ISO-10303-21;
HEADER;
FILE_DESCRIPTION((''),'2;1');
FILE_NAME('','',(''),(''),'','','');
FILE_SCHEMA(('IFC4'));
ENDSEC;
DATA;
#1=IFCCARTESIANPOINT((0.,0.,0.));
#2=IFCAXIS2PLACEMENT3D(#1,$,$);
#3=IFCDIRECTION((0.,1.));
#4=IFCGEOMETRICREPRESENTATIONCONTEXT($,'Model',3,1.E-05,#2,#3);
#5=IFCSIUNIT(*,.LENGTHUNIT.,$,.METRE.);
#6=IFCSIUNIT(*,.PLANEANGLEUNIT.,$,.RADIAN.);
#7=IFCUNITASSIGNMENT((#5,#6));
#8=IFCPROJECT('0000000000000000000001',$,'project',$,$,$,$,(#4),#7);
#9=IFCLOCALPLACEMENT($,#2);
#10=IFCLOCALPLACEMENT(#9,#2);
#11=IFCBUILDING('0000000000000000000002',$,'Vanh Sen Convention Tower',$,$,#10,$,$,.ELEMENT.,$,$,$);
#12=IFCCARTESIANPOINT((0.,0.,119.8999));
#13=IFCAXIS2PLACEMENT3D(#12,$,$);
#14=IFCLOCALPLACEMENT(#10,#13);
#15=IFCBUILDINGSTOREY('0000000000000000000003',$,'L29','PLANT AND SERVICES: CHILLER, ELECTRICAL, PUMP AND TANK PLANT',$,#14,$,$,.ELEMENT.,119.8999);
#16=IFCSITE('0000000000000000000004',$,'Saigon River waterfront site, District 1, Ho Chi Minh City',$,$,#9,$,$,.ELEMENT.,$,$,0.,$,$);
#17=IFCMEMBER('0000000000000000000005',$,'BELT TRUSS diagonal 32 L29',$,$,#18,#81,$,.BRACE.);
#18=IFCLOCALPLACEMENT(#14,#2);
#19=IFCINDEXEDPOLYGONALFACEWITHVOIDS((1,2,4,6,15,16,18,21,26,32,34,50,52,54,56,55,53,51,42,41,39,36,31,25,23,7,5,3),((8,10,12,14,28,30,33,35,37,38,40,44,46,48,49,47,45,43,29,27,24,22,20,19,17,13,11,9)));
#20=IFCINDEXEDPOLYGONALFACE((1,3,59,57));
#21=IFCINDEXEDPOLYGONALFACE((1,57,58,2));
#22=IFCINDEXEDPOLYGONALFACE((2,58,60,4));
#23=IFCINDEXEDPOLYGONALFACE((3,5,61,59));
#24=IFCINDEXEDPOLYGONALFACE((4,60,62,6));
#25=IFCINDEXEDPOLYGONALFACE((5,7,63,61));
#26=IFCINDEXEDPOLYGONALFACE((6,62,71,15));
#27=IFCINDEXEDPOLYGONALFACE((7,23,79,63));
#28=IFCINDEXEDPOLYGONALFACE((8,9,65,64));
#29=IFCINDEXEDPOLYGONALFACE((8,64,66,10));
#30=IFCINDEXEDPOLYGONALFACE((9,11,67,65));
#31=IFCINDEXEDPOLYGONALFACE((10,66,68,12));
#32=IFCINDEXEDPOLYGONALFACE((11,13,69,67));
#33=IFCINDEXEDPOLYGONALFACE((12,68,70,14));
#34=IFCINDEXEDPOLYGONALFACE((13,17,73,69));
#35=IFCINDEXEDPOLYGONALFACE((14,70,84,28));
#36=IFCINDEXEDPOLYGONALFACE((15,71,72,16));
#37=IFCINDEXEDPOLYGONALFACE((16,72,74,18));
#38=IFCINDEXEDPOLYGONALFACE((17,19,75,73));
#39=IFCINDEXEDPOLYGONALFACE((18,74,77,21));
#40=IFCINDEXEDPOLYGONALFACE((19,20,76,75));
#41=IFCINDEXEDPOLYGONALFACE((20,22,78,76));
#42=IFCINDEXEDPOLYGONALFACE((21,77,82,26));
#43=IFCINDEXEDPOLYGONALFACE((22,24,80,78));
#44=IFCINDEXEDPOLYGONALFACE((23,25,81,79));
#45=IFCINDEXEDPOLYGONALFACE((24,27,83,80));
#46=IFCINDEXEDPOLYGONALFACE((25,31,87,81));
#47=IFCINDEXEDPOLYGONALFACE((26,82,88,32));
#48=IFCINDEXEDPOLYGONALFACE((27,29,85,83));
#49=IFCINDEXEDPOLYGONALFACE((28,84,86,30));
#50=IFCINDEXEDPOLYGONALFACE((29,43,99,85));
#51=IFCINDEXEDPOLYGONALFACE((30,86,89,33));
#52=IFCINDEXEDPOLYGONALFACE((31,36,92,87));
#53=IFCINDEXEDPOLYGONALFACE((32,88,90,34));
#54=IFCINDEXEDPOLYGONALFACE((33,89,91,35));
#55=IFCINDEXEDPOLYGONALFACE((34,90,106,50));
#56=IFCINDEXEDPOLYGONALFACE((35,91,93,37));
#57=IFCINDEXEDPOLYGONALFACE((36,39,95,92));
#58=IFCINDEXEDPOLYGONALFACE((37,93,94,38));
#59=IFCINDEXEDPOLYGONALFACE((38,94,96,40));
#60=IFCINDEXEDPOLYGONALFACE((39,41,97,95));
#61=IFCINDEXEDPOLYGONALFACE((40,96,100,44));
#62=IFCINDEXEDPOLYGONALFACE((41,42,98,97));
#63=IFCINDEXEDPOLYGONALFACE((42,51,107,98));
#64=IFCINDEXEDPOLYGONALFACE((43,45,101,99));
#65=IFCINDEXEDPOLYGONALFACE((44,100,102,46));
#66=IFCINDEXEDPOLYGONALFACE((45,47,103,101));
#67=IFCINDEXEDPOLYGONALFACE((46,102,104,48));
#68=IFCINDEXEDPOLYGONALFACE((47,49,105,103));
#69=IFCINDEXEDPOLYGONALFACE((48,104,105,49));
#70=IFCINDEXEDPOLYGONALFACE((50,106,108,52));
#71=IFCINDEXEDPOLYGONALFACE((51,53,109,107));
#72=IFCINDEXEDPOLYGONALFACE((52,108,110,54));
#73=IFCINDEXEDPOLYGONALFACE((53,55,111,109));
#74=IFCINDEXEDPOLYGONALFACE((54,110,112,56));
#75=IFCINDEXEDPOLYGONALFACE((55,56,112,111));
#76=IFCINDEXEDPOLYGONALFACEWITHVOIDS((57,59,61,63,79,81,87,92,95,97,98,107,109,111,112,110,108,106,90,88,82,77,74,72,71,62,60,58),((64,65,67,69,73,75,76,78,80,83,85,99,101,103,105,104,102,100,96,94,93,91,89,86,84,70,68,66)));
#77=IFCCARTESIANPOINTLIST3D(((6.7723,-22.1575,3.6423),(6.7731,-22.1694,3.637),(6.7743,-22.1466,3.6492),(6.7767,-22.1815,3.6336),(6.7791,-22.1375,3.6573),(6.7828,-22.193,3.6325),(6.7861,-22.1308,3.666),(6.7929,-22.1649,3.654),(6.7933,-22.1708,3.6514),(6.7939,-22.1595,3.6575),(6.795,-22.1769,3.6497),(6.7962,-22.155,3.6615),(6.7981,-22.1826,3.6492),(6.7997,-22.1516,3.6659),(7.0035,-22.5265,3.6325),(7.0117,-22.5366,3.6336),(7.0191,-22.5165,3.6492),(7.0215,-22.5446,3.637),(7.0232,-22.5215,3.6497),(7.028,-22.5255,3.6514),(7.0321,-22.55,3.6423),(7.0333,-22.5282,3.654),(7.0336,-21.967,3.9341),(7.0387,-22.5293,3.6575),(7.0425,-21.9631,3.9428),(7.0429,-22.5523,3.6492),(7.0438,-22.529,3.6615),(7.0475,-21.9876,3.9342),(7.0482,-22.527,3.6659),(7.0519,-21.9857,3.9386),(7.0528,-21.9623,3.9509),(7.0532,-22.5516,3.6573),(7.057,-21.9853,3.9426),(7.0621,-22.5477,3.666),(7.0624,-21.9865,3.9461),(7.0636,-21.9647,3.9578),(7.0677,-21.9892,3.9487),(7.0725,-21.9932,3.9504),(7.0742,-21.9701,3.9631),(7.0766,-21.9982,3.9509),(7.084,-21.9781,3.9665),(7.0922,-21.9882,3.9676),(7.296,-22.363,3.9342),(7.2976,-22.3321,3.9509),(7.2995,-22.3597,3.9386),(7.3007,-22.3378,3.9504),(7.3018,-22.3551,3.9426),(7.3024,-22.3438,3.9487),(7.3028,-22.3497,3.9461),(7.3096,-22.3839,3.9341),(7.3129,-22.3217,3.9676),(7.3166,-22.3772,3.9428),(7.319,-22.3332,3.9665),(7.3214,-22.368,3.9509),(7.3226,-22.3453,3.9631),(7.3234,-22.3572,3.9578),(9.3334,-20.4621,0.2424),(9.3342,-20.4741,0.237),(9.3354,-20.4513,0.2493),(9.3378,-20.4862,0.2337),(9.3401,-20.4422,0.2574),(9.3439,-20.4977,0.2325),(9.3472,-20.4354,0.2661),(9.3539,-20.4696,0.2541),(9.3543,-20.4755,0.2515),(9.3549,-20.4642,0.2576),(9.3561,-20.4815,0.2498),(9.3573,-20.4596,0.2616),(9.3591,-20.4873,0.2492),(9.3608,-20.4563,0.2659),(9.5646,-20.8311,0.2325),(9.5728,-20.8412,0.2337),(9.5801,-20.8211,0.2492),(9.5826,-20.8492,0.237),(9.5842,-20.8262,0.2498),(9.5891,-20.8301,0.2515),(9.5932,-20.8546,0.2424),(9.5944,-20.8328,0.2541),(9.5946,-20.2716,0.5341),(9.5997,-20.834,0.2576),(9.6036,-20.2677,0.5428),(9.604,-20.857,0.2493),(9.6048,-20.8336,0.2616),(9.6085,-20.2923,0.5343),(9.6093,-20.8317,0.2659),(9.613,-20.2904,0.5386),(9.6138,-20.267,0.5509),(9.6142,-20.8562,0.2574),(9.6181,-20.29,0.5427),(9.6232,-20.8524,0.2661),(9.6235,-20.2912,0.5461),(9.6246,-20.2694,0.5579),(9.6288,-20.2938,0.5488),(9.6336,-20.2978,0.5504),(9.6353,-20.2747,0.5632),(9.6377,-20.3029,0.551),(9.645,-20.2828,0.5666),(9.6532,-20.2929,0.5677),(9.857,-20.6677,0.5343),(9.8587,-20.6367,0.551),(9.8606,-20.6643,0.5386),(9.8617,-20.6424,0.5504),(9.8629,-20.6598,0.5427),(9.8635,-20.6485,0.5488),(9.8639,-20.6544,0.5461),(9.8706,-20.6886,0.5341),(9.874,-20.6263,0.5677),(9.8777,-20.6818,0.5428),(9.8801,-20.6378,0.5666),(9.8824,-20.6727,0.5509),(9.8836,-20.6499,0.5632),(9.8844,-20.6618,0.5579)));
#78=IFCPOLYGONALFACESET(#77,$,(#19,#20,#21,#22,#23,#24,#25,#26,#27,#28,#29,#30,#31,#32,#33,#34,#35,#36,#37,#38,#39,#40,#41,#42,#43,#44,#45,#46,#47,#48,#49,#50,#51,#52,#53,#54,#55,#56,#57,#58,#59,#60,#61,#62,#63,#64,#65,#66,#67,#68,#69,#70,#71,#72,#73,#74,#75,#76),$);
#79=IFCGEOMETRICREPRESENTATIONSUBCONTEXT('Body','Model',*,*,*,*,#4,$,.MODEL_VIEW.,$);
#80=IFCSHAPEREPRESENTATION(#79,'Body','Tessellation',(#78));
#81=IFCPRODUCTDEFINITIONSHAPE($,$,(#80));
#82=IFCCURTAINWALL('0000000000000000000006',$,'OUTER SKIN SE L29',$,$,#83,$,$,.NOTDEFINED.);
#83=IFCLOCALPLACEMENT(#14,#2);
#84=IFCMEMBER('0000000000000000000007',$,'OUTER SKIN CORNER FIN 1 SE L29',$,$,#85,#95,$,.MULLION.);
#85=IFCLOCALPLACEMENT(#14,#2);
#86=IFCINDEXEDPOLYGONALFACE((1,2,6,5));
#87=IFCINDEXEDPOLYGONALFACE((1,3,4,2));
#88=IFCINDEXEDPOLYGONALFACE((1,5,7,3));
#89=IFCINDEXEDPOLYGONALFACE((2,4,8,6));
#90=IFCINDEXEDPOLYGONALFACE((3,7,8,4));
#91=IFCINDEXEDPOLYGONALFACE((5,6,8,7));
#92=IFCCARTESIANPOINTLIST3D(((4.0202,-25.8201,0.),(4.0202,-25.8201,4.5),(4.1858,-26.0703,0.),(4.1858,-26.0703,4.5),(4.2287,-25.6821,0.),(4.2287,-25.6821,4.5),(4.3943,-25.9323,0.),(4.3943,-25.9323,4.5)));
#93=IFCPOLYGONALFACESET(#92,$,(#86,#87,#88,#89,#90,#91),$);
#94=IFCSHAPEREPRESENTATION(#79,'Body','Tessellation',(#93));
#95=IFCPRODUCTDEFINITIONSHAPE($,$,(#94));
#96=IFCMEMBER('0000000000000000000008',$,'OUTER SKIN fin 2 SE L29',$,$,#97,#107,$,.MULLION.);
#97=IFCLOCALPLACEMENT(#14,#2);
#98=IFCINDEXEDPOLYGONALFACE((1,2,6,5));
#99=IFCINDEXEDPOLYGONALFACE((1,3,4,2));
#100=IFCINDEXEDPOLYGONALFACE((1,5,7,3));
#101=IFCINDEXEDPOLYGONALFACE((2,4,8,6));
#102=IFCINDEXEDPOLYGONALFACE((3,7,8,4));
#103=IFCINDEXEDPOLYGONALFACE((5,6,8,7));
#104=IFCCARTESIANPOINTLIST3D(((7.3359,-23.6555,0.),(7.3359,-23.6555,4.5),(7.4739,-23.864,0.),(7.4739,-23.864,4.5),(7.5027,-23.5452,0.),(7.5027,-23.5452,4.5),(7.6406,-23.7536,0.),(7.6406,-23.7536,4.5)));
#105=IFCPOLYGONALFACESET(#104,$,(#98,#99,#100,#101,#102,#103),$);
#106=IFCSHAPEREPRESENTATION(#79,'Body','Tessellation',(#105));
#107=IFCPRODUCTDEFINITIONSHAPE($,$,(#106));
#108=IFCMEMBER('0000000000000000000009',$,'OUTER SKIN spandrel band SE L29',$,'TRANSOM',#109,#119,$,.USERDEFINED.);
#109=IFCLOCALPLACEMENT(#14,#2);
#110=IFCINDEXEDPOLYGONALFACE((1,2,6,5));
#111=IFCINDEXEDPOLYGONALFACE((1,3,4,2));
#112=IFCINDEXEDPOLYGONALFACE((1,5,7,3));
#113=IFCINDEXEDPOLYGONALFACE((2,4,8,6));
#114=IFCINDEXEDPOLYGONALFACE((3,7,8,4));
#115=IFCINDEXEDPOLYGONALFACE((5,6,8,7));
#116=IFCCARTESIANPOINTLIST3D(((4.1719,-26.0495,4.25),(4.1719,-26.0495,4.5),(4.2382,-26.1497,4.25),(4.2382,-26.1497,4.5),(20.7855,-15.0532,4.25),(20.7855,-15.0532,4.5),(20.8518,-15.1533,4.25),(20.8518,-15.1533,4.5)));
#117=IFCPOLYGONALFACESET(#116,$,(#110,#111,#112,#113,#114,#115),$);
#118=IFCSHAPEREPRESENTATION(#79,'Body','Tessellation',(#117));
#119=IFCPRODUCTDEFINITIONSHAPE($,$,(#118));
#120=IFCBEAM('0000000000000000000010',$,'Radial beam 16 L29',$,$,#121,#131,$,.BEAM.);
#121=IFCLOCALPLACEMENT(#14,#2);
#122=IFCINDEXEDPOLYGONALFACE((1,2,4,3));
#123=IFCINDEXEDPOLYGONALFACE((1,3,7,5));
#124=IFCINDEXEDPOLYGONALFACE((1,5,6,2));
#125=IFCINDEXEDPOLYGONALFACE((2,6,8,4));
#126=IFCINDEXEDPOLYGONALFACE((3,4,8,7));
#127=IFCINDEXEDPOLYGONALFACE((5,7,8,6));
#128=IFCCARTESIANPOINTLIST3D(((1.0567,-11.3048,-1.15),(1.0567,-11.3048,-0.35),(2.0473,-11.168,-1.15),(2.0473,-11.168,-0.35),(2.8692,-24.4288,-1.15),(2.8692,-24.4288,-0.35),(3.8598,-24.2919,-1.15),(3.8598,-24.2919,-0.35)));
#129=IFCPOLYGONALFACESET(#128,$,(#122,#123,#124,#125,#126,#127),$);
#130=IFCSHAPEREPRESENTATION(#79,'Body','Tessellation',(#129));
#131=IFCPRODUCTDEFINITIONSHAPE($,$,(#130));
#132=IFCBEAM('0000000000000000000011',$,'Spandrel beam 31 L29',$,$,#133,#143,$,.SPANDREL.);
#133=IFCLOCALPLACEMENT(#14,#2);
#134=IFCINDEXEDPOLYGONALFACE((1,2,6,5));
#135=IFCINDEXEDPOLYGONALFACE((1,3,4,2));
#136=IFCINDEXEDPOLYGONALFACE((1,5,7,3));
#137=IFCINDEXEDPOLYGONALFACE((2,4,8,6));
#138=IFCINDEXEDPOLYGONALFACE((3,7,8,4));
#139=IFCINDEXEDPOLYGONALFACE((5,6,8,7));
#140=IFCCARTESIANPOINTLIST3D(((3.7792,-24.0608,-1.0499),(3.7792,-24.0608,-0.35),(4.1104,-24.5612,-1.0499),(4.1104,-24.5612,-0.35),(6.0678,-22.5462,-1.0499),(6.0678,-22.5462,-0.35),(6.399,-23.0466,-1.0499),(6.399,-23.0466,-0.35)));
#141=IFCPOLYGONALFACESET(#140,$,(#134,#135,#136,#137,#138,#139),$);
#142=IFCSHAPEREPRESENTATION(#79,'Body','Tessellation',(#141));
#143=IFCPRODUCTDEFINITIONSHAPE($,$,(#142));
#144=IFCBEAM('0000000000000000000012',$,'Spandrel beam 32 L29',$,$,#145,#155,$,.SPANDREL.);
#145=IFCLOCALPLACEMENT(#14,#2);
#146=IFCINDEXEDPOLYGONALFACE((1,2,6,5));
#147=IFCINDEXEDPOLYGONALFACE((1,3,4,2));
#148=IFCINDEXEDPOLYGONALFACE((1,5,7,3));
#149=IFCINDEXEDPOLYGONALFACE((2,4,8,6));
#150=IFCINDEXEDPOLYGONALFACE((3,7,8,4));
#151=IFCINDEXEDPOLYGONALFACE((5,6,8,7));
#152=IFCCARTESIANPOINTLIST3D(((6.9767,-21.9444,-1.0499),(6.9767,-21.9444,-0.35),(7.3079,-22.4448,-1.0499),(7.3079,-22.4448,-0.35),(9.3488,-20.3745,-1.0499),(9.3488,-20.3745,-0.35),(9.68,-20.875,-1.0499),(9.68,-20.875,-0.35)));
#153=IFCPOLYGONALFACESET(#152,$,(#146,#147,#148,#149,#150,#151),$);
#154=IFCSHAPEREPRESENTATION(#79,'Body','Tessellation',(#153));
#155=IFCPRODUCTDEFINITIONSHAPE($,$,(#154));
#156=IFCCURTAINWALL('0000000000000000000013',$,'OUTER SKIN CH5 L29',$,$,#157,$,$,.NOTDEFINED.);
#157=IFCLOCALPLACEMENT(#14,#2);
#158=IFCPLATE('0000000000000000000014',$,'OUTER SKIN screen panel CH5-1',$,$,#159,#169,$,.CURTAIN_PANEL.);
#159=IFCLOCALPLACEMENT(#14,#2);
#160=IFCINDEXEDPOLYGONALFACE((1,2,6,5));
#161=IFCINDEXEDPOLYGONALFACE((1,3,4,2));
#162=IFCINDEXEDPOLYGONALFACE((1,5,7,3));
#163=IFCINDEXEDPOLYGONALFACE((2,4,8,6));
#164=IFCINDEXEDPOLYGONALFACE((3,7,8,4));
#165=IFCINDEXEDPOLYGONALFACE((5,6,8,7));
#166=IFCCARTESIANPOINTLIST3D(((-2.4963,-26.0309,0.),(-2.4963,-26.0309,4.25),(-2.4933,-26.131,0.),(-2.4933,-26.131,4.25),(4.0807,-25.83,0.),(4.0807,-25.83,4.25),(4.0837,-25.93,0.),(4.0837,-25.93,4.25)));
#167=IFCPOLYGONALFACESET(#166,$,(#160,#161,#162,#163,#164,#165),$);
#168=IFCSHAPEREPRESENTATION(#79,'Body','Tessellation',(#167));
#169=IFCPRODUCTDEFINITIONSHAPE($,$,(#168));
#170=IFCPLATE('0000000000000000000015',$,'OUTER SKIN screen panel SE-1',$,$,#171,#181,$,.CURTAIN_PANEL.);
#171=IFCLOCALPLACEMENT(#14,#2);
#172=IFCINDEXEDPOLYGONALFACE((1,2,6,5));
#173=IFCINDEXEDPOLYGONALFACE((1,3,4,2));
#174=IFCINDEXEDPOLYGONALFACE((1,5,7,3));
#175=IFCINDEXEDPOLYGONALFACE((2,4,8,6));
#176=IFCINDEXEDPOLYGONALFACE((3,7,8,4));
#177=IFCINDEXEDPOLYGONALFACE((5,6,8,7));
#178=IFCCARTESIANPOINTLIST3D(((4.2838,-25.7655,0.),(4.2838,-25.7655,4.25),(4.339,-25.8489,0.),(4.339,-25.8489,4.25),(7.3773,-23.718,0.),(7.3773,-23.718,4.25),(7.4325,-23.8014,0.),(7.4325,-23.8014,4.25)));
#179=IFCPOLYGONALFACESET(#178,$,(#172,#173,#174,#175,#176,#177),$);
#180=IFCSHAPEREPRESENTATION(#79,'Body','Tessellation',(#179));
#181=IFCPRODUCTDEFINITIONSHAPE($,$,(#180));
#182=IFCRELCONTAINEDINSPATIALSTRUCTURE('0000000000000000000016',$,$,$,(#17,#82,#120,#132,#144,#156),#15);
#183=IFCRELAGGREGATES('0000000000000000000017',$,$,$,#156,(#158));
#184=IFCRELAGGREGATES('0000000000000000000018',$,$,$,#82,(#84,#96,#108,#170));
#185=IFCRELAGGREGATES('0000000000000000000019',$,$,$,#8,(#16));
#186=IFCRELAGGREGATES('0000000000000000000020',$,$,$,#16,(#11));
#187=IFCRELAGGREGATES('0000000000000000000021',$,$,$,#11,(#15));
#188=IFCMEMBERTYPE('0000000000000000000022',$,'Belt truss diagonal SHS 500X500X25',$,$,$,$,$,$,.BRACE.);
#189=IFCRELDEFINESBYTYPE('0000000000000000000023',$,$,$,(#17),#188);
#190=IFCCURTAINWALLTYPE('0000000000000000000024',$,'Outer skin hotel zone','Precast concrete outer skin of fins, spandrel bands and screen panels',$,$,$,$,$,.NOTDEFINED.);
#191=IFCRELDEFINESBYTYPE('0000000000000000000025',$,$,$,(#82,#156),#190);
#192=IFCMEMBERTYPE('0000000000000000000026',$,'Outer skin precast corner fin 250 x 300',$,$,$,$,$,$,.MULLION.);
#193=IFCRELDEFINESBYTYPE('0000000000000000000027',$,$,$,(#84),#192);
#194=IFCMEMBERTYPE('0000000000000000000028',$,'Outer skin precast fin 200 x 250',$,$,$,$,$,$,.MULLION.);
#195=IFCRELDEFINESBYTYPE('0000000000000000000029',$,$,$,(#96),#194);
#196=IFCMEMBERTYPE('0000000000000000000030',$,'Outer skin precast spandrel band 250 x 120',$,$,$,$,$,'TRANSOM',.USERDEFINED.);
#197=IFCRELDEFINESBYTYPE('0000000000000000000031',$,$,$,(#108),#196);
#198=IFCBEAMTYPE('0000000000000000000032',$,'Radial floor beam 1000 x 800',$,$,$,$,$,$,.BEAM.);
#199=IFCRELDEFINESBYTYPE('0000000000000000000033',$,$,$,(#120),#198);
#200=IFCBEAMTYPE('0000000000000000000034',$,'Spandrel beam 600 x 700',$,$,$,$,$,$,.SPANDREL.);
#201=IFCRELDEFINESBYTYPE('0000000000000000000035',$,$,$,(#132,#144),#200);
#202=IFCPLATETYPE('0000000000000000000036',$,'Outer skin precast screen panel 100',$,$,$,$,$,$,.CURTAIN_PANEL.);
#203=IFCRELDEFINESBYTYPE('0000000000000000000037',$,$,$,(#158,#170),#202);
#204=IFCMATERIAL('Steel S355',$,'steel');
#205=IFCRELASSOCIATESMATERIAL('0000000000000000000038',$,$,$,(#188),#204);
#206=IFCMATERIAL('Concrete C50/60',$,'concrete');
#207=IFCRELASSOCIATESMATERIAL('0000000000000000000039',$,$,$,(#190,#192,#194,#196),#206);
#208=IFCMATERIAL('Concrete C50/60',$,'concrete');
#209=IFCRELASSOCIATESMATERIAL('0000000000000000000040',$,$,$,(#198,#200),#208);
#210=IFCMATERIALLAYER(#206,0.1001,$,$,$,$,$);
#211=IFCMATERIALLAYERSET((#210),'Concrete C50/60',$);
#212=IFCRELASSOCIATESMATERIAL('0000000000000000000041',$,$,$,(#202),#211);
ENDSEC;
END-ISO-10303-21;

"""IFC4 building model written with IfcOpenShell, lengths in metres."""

from ifc_helpers import new_model, si_unit, direction, frame, origin, origin_2d, place, context, subcontext, project, spatial, rectangle, hollow_rectangle, extrude, material, layer, layer_set, material_profile, profile_set, type_object, element, aggregate, save


model = new_model("IFC4")

# Units and contexts
model_context = context("Model", 3, precision=1e-05, world=origin(), true_north=direction((0.0, 1.0)))
body_context = subcontext(model_context, "Body", "Model", "MODEL_VIEW")
ifc_project = project(units=[si_unit("LENGTHUNIT", "METRE"), si_unit("PLANEANGLEUNIT", "RADIAN")], contexts=[model_context])

# Site, building, storey
site_placement = place(None, origin())
site = spatial("IfcSite", under=ifc_project, at=site_placement, Name="Saigon River waterfront site, District 1, Ho Chi Minh City", CompositionType="ELEMENT", RefElevation=0.0)
building_placement = place(site_placement, origin())
building = spatial("IfcBuilding", under=site, at=building_placement, Name="Vanh Sen Convention Tower", CompositionType="ELEMENT")
storey_placement = place(building_placement, frame((0.0, 0.0, 119.8999)))
storey = spatial("IfcBuildingStorey", under=building, at=storey_placement, Name="L29", Description="PLANT AND SERVICES: CHILLER, ELECTRICAL, PUMP AND TANK PLANT", CompositionType="ELEMENT", Elevation=119.8999)

# Member
ifc_material_1 = material(Name="Steel S355", Category="steel")
ifc_material_profile_1 = material_profile(ifc_material_1, hollow_rectangle(XDim=0.5, YDim=0.5, WallThickness=0.0249, InnerFilletRadius=0.0249, OuterFilletRadius=0.05, at=origin_2d()), Name="SHS 500X500X25")
ifc_profile_set_1 = profile_set([ifc_material_profile_1], Name="Steel S355")
member_type_1 = type_object("IfcMemberType", Name="Belt truss diagonal SHS 500X500X25", PredefinedType="BRACE", material=ifc_profile_set_1)
member_1_placement = place(storey_placement, frame((7.0479, -22.2573, 3.8), z_axis=(0.558966, 0.370015, -0.742055), x_axis=(-0.551982, 0.833856, 0.0)))
element("IfcMember", 1, at=member_1_placement, inside=storey, type_object=member_type_1, Name="BELT TRUSS diagonal 32 L29", PredefinedType="BRACE", context=body_context, shape_type="SweptSolid", body=[
    extrude(hollow_rectangle(XDim=0.5, YDim=0.5, WallThickness=0.0249, InnerFilletRadius=0.0249, OuterFilletRadius=0.05, at=origin_2d()), origin(), (0.0, 0.0, 1.0), 4.5818),
])

# Curtain wall, members
ifc_material_2 = material(Name="Concrete C50/60", Category="concrete")
curtain_wall_type = type_object("IfcCurtainWallType", Name="Outer skin hotel zone", Description="Precast concrete outer skin of fins, spandrel bands and screen panels", PredefinedType="NOTDEFINED", material=ifc_material_2)
curtain_wall_1_placement = place(storey_placement, origin())
curtain_wall_1 = element("IfcCurtainWall", 2, at=curtain_wall_1_placement, inside=storey, type_object=curtain_wall_type, Name="OUTER SKIN SE L29", PredefinedType="NOTDEFINED")
ifc_material_profile_2 = material_profile(ifc_material_2, rectangle(XDim=0.25, YDim=0.3, at=origin_2d()), Name="Outer skin precast corner fin 250 x 300")
ifc_profile_set_2 = profile_set([ifc_material_profile_2], Name="Concrete C50/60")
member_type_2 = type_object("IfcMemberType", Name="Outer skin precast corner fin 250 x 300", PredefinedType="MULLION", material=ifc_profile_set_2)
member_2_placement = place(storey_placement, frame((4.2073, -25.8762, 0.0), z_axis=(0.0, 0.0, 1.0), x_axis=(0.833886, 0.551937, 0.0)))
member_2 = element("IfcMember", 3, at=member_2_placement, type_object=member_type_2, Name="OUTER SKIN CORNER FIN 1 SE L29", PredefinedType="MULLION", context=body_context, shape_type="SweptSolid", body=[
    extrude(rectangle(XDim=0.25, YDim=0.3, at=origin_2d()), origin(), (0.0, 0.0, 1.0), 4.5),
])
ifc_material_profile_3 = material_profile(ifc_material_2, rectangle(XDim=0.2, YDim=0.25, at=origin_2d()), Name="Outer skin precast fin 200 x 250")
ifc_profile_set_3 = profile_set([ifc_material_profile_3], Name="Concrete C50/60")
member_type_3 = type_object("IfcMemberType", Name="Outer skin precast fin 200 x 250", PredefinedType="MULLION", material=ifc_profile_set_3)
member_3_placement = place(storey_placement, frame((7.4883, -23.7046, 0.0), z_axis=(0.0, 0.0, 1.0), x_axis=(0.833886, 0.551937, 0.0)))
member_3 = element("IfcMember", 4, at=member_3_placement, type_object=member_type_3, Name="OUTER SKIN fin 2 SE L29", PredefinedType="MULLION", context=body_context, shape_type="SweptSolid", body=[
    extrude(rectangle(XDim=0.2, YDim=0.25, at=origin_2d()), origin(), (0.0, 0.0, 1.0), 4.5),
])
ifc_material_profile_4 = material_profile(ifc_material_2, rectangle(XDim=0.1201, YDim=0.25, at=origin_2d()), Name="Outer skin precast spandrel band 250 x 120")
ifc_profile_set_4 = profile_set([ifc_material_profile_4], Name="Concrete C50/60")
member_type_4 = type_object("IfcMemberType", Name="Outer skin precast spandrel band 250 x 120", ElementType="TRANSOM", PredefinedType="USERDEFINED", material=ifc_profile_set_4)
member_4_placement = place(storey_placement, frame((4.2051, -26.0996, 4.375), z_axis=(0.833884, 0.55194, 0.0), x_axis=(-0.55194, 0.833884, 0.0)))
member_4 = element("IfcMember", 5, at=member_4_placement, type_object=member_type_4, Name="OUTER SKIN spandrel band SE L29", ObjectType="TRANSOM", PredefinedType="USERDEFINED", context=body_context, shape_type="SweptSolid", body=[
    extrude(rectangle(XDim=0.1201, YDim=0.25, at=origin_2d()), origin(), (0.0, 0.0, 1.0), 19.9231),
])

# Beams
ifc_material_3 = material(Name="Concrete C50/60", Category="concrete")
ifc_material_profile_5 = material_profile(ifc_material_3, rectangle(XDim=1.0, YDim=0.8, at=origin_2d()), Name="RC 1000X800")
ifc_profile_set_5 = profile_set([ifc_material_profile_5], Name="Concrete C50/60")
beam_type_1 = type_object("IfcBeamType", Name="Radial floor beam 1000 x 800", PredefinedType="BEAM", material=ifc_profile_set_5)
beam_1_placement = place(storey_placement, frame((3.3645, -24.3604, -0.75), z_axis=(-0.136807, 0.990598, 0.0), x_axis=(-0.990598, -0.136807, 0.0)))
element("IfcBeam", 6, at=beam_1_placement, inside=storey, type_object=beam_type_1, Name="Radial beam 16 L29", PredefinedType="BEAM", context=body_context, shape_type="SweptSolid", body=[
    extrude(rectangle(XDim=1.0, YDim=0.8, at=origin_2d()), origin(), (0.0, 0.0, 1.0), 13.2485),
])
ifc_material_profile_6 = material_profile(ifc_material_3, rectangle(XDim=0.6001, YDim=0.7, at=origin_2d()), Name="RC 600X700")
ifc_profile_set_6 = profile_set([ifc_material_profile_6], Name="Concrete C50/60")
beam_type_2 = type_object("IfcBeamType", Name="Spandrel beam 600 x 700", PredefinedType="SPANDREL", material=ifc_profile_set_6)
beam_2_placement = place(storey_placement, frame((3.9448, -24.311, -0.7), z_axis=(0.833907, 0.551905, 0.0), x_axis=(-0.551905, 0.833907, 0.0)))
element("IfcBeam", 7, at=beam_2_placement, inside=storey, type_object=beam_type_2, Name="Spandrel beam 31 L29", PredefinedType="SPANDREL", context=body_context, shape_type="SweptSolid", body=[
    extrude(rectangle(XDim=0.6001, YDim=0.7, at=origin_2d()), origin(), (0.0, 0.0, 1.0), 2.7444),
])
beam_3_placement = place(storey_placement, frame((7.1423, -22.1946, -0.7), z_axis=(0.833921, 0.551884, 0.0), x_axis=(-0.551884, 0.833921, 0.0)))
element("IfcBeam", 8, at=beam_3_placement, inside=storey, type_object=beam_type_2, Name="Spandrel beam 32 L29", PredefinedType="SPANDREL", context=body_context, shape_type="SweptSolid", body=[
    extrude(rectangle(XDim=0.6001, YDim=0.7, at=origin_2d()), origin(), (0.0, 0.0, 1.0), 2.8445),
])

# Curtain wall, plate
curtain_wall_2_placement = place(storey_placement, origin())
curtain_wall_2 = element("IfcCurtainWall", 9, at=curtain_wall_2_placement, inside=storey, type_object=curtain_wall_type, Name="OUTER SKIN CH5 L29", PredefinedType="NOTDEFINED")
ifc_layer_1 = layer(ifc_material_2, 0.1001)
ifc_layer_set_1 = layer_set([ifc_layer_1], Name="Concrete C50/60")
plate_type = type_object("IfcPlateType", Name="Outer skin precast screen panel 100", PredefinedType="CURTAIN_PANEL", material=ifc_layer_set_1)
plate_1_placement = place(storey_placement, frame((0.7937, -25.9805, 0.0), z_axis=(0.0, 0.0, 1.0), x_axis=(0.999533, 0.030542, 0.0)))
plate_1 = element("IfcPlate", 10, at=plate_1_placement, type_object=plate_type, Name="OUTER SKIN screen panel CH5-1", PredefinedType="CURTAIN_PANEL", context=body_context, shape_type="SweptSolid", body=[
    extrude(rectangle(XDim=6.5801, YDim=0.1001, at=origin_2d()), origin(), (0.0, 0.0, 1.0), 4.25),
])
aggregate(curtain_wall_2, [plate_1])

# Plate
plate_2_placement = place(storey_placement, frame((5.8582, -24.7834, 0.0), z_axis=(0.0, 0.0, 1.0), x_axis=(0.833892, 0.551928, 0.0)))
plate_2 = element("IfcPlate", 11, at=plate_2_placement, type_object=plate_type, Name="OUTER SKIN screen panel SE-1", PredefinedType="CURTAIN_PANEL", context=body_context, shape_type="SweptSolid", body=[
    extrude(rectangle(XDim=3.7097, YDim=0.1001, at=origin_2d()), origin(), (0.0, 0.0, 1.0), 4.25),
])
aggregate(curtain_wall_1, [member_2, member_3, member_4, plate_2])

save(model, "model.ifc")
